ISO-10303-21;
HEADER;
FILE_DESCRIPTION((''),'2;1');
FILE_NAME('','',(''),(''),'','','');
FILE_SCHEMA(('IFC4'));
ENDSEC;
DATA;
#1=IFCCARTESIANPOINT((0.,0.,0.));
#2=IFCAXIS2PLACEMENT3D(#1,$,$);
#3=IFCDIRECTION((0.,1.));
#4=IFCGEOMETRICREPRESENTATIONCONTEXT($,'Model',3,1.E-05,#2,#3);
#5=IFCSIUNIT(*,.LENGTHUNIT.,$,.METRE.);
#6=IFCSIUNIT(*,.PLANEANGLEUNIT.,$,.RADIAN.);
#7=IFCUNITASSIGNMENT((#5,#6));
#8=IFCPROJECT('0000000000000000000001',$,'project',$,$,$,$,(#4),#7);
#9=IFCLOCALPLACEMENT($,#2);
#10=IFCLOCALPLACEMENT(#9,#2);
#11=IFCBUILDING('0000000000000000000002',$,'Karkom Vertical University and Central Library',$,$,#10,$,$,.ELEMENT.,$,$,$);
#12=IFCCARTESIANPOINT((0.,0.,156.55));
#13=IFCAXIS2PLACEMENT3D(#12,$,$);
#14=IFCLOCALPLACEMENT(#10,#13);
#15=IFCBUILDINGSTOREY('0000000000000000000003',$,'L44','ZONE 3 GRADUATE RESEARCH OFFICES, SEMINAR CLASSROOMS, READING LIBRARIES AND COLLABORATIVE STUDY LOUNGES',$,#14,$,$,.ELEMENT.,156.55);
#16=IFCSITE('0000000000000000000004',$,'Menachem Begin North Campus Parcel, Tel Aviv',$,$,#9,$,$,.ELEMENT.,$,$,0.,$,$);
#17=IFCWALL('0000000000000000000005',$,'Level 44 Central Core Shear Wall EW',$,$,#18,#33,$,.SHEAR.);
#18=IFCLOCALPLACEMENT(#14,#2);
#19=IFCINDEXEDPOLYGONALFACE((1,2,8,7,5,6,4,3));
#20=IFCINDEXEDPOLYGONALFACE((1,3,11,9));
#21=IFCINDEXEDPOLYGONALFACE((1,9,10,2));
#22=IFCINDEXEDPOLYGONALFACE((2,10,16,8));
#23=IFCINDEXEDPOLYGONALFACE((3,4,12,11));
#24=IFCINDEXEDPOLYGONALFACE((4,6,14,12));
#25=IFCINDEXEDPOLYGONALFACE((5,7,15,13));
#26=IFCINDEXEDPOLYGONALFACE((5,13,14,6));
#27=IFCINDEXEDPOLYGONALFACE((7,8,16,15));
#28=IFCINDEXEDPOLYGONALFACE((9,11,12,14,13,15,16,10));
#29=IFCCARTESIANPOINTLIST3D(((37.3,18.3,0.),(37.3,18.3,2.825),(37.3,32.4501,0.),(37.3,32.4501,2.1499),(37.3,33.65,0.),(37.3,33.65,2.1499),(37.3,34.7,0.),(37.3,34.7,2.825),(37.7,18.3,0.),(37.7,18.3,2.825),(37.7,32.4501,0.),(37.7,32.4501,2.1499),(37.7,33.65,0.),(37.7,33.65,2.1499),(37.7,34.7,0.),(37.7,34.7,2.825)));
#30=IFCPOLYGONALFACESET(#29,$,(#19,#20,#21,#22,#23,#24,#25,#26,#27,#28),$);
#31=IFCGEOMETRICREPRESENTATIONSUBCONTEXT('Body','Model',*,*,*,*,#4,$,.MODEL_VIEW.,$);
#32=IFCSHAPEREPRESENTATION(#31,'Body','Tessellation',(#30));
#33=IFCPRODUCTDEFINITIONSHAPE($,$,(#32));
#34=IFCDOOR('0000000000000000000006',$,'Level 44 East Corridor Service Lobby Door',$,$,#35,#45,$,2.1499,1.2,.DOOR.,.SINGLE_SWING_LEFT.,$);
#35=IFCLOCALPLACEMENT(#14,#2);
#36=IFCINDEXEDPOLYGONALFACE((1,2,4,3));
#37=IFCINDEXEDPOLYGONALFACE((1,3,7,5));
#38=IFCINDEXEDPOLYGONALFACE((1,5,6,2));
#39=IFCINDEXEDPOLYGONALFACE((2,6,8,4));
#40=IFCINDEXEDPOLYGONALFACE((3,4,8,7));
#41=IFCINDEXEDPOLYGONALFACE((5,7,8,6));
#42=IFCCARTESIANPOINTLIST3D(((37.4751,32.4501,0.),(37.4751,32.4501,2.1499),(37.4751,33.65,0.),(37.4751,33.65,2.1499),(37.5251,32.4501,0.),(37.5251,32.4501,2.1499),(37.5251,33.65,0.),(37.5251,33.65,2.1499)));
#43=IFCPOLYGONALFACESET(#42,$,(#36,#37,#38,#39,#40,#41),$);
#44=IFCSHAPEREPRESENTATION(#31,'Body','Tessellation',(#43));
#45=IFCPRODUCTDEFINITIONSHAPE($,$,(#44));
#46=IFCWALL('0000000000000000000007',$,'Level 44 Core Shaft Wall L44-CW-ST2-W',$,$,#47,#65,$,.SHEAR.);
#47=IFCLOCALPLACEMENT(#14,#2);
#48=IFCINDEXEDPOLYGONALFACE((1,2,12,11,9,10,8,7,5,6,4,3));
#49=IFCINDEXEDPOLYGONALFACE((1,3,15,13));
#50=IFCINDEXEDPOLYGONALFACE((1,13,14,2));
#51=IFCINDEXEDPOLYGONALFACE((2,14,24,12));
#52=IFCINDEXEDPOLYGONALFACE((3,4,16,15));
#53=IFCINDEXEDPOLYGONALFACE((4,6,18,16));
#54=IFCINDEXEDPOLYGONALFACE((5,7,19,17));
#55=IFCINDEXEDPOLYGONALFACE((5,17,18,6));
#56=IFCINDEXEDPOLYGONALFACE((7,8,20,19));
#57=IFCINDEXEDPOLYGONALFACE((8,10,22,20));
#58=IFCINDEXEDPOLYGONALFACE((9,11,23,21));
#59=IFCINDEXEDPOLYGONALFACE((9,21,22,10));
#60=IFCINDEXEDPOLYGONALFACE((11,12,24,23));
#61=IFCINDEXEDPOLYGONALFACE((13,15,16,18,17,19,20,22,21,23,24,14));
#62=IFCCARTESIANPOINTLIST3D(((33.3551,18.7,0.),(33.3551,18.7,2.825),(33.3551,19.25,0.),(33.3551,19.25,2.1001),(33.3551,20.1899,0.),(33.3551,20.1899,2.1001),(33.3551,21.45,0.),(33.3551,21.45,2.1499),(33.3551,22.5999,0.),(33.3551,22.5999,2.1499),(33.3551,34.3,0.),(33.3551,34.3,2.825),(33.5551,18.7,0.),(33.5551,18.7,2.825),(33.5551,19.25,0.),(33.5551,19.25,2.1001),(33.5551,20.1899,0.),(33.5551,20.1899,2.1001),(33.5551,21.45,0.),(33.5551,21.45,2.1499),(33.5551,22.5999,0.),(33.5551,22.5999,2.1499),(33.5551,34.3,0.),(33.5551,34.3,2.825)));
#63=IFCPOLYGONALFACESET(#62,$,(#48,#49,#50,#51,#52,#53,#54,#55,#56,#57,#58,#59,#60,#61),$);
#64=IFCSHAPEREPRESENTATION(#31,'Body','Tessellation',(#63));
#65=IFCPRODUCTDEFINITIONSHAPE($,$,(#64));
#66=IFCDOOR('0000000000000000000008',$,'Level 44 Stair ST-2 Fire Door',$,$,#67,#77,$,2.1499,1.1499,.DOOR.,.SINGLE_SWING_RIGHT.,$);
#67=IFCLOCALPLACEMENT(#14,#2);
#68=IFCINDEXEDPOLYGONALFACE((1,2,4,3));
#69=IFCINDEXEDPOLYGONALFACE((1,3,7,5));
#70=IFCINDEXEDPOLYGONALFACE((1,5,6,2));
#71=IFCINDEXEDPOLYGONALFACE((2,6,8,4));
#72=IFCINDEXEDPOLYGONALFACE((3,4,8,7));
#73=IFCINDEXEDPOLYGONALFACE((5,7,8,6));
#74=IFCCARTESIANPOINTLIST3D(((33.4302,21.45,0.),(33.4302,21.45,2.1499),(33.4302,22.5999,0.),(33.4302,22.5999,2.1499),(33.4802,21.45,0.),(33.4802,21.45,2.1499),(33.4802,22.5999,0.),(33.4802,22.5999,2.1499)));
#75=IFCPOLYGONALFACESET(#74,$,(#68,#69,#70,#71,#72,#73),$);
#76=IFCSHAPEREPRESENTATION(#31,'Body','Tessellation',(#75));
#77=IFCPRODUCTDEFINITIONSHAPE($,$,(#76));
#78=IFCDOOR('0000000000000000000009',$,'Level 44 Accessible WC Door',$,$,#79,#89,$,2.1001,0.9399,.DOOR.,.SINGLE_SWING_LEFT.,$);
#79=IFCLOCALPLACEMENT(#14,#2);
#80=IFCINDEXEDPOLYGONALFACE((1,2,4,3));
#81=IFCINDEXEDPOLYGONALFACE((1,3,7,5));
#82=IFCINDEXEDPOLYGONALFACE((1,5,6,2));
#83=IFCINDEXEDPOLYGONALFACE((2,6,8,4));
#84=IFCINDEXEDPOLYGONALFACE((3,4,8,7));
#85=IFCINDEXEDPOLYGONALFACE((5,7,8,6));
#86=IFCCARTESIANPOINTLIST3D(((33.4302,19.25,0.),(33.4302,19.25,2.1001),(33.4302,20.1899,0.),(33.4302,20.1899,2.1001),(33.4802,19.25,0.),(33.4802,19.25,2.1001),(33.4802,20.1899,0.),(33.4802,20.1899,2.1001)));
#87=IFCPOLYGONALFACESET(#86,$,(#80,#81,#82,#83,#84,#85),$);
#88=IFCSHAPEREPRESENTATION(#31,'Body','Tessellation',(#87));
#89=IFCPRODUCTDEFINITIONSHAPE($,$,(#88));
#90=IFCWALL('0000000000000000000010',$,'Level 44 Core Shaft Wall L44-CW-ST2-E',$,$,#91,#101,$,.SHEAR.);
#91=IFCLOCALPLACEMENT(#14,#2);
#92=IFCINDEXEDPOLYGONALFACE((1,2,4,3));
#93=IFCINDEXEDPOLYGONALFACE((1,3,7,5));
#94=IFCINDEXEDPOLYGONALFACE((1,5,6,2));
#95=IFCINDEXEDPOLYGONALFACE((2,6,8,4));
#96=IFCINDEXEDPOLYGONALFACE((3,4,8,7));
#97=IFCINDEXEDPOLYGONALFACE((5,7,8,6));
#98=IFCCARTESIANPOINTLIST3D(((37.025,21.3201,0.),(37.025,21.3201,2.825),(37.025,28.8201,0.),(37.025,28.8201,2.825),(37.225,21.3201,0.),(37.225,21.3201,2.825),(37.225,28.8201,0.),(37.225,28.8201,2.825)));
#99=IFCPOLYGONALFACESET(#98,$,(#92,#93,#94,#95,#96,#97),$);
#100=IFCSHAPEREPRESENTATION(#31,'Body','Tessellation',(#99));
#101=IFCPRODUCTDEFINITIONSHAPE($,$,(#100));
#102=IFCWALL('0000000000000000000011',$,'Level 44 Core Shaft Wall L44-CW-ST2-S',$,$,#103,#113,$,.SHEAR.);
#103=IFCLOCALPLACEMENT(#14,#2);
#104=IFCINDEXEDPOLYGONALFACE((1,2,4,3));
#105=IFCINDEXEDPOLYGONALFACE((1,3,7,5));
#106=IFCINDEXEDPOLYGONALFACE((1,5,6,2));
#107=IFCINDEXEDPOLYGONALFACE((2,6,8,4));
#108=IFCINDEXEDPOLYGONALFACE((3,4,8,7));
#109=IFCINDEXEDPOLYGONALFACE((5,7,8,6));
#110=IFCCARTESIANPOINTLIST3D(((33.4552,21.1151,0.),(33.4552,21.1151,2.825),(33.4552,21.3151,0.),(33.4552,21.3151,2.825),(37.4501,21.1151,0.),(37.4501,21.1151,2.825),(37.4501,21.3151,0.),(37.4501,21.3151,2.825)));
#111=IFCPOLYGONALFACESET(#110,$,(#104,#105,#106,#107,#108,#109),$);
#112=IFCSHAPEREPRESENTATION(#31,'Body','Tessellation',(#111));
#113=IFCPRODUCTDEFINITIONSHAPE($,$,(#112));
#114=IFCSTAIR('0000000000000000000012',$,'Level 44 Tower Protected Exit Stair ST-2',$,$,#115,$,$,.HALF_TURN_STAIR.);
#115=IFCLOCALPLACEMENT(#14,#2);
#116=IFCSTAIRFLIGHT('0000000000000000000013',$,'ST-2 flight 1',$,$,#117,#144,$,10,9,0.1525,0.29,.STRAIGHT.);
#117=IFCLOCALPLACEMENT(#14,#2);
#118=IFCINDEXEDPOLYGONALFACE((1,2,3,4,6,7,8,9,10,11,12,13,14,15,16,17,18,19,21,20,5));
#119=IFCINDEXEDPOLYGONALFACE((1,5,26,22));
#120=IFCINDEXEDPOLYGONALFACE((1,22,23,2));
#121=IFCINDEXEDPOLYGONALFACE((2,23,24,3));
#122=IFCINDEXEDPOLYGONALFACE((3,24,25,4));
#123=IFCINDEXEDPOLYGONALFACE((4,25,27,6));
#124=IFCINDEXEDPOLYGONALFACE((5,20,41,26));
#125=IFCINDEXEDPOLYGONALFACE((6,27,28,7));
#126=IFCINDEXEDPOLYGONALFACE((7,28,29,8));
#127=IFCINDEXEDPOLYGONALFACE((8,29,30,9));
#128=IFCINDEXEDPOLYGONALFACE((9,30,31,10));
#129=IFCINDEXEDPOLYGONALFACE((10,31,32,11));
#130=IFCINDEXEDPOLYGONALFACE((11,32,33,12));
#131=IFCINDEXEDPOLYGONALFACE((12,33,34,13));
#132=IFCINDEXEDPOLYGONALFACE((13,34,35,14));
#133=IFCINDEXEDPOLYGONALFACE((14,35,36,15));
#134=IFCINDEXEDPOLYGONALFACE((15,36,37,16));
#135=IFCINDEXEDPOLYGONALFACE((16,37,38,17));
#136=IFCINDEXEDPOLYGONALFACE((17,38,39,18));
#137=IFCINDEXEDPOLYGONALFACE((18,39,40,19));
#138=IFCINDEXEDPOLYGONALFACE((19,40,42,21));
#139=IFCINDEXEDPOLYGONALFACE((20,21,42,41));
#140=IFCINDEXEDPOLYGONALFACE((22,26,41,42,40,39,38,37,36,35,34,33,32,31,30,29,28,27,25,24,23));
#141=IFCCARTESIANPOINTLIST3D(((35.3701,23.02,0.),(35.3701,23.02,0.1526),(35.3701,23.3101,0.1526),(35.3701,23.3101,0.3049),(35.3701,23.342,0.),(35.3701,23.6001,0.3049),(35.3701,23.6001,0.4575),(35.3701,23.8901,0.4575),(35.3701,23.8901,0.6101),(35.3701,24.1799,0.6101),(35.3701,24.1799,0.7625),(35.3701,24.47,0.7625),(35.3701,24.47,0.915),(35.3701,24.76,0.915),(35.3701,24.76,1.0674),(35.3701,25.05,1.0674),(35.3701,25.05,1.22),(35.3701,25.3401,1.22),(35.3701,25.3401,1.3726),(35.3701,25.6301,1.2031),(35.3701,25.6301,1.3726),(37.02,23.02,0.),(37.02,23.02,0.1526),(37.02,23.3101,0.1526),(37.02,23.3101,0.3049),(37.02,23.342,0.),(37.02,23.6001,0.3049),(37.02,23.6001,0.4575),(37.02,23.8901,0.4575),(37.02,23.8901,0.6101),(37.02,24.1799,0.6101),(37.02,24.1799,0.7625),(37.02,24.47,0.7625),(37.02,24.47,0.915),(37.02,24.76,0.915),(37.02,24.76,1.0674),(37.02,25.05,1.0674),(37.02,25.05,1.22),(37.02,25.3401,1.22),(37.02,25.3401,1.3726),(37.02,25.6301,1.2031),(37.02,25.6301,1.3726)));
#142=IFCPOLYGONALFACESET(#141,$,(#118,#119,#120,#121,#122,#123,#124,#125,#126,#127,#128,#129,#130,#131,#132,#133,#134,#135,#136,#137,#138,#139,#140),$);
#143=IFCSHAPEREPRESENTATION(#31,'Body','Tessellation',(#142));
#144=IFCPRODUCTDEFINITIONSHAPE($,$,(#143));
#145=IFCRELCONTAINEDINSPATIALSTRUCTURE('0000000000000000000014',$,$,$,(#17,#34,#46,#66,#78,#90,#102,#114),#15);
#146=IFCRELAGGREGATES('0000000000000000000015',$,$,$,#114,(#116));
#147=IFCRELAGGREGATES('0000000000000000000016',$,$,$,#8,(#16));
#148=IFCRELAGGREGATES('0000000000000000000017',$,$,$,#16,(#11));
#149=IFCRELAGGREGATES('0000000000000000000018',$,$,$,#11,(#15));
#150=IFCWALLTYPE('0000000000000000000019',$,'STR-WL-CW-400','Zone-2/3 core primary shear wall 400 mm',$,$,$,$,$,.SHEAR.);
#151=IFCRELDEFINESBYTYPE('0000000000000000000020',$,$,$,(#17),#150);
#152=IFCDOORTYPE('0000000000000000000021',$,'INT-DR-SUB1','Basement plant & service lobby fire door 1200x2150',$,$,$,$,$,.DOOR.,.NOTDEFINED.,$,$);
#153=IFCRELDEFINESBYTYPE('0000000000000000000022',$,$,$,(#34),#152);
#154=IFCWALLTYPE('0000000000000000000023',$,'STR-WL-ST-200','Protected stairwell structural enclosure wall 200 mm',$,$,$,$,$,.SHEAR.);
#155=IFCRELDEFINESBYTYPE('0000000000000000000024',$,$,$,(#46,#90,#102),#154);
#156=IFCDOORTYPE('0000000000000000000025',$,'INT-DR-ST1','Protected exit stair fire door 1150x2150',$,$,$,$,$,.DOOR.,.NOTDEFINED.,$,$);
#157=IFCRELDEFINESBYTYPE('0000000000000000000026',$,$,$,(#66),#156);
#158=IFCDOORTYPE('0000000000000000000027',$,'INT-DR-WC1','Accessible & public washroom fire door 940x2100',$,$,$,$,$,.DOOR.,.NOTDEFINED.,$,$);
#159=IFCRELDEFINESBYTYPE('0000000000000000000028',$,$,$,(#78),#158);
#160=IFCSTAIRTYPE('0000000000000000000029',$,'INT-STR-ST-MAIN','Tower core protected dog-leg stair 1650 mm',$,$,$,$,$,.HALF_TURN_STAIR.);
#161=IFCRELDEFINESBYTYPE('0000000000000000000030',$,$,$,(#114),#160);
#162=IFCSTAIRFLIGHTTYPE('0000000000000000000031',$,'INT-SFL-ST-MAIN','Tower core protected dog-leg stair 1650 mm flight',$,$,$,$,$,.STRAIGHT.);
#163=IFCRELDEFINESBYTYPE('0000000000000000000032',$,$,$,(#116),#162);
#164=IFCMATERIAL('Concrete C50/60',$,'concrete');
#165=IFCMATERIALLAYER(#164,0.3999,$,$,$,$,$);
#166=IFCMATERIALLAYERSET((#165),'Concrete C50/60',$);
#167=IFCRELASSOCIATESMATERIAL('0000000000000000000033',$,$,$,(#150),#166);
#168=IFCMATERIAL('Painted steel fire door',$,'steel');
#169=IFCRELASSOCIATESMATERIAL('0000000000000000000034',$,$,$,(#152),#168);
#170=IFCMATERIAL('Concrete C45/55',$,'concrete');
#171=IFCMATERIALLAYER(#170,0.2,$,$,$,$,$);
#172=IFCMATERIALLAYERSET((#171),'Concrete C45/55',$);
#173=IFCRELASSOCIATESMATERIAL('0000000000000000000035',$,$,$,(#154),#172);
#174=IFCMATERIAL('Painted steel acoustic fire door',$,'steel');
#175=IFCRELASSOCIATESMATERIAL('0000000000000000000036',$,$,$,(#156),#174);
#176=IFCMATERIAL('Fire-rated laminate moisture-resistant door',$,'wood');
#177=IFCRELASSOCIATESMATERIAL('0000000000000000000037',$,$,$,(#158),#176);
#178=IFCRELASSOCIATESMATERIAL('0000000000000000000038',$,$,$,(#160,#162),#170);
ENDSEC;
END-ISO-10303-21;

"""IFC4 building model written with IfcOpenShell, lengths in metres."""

from ifc_helpers import new_model, si_unit, direction, frame, frame_2d, origin, origin_with_axes, place, context, subcontext, project, spatial, polyline, rectangle, outline, extrude, source, transform, mapped, material, layer, layer_set, type_object, element, fill, aggregate, save


model = new_model("IFC4")

# Units and contexts
model_context = context("Model", 3, precision=1e-05, world=origin(), true_north=direction((0.0, 1.0)))
body_context = subcontext(model_context, "Body", "Model", "MODEL_VIEW")
ifc_project = project(units=[si_unit("LENGTHUNIT", "METRE"), si_unit("PLANEANGLEUNIT", "RADIAN")], contexts=[model_context])

# Site, building, storey
site_placement = place(None, origin())
site = spatial("IfcSite", under=ifc_project, at=site_placement, Name="Menachem Begin North Campus Parcel, Tel Aviv", CompositionType="ELEMENT", RefElevation=0.0)
building_placement = place(site_placement, origin())
building = spatial("IfcBuilding", under=site, at=building_placement, Name="Karkom Vertical University and Central Library", CompositionType="ELEMENT")
storey_placement = place(building_placement, frame((0.0, 0.0, 156.55)))
storey = spatial("IfcBuildingStorey", under=building, at=storey_placement, Name="L44", Description="ZONE 3 GRADUATE RESEARCH OFFICES, SEMINAR CLASSROOMS, READING LIBRARIES AND COLLABORATIVE STUDY LOUNGES", CompositionType="ELEMENT", Elevation=156.55)

# Shared definitions
ifc_material_1 = material(Name="Concrete C50/60", Category="concrete")

# Wall, opening, door
ifc_layer_1 = layer(ifc_material_1, 0.3999)
ifc_layer_set_1 = layer_set([ifc_layer_1], Name="Concrete C50/60")
wall_type_1 = type_object("IfcWallType", Name="STR-WL-CW-400", Description="Zone-2/3 core primary shear wall 400 mm", PredefinedType="SHEAR", material=ifc_layer_set_1)
wall_1_placement = place(storey_placement, frame((37.5, 18.3, 0.0), z_axis=(0.0, 0.0, 1.0), x_axis=(0.0, 1.0, 0.0)))
wall_1 = element("IfcWall", 1, at=wall_1_placement, inside=storey, type_object=wall_type_1, Name="Level 44 Central Core Shear Wall EW", PredefinedType="SHEAR", context=body_context, shape_type="SweptSolid", body=[
    extrude(rectangle(XDim=16.3999, YDim=0.3999, at=frame_2d((8.2, 0.0))), origin(), (0.0, 0.0, 1.0), 2.825),
])
opening_1_placement = place(wall_1_placement, frame((14.1499, 0.0, 0.0)))
opening_1 = element("IfcOpeningElement", 2, at=opening_1_placement, cuts=wall_1, PredefinedType="OPENING", context=body_context, shape_type="SweptSolid", body=[
    extrude(rectangle(XDim=1.2, YDim=2.1499, at=frame_2d((0.6001, 1.075))), frame((0.0, 0.21, 0.0), z_axis=(0.0, -1.0, 0.0), x_axis=(1.0, 0.0, 0.0)), (0.0, 0.0, 1.0), 0.4199),
])
ifc_material_2 = material(Name="Painted steel fire door", Category="steel")
door_type_1 = type_object("IfcDoorType", Name="INT-DR-SUB1", Description="Basement plant & service lobby fire door 1200x2150", OperationType="NOTDEFINED", PredefinedType="DOOR", material=ifc_material_2)
shared_shape_1 = source(origin_with_axes(), body_context, "Body", "SweptSolid", [
    extrude(rectangle(XDim=1.2, YDim=2.1499, at=frame_2d((0.6001, 1.075))), frame((0.0, 0.0249, 0.0), z_axis=(0.0, -1.0, 0.0), x_axis=(1.0, 0.0, 0.0)), (0.0, 0.0, 1.0), 0.05),
])
door_1_placement = place(opening_1_placement, origin())
door_1 = element("IfcDoor", 3, at=door_1_placement, inside=storey, type_object=door_type_1, Name="Level 44 East Corridor Service Lobby Door", OperationType="SINGLE_SWING_LEFT", OverallHeight=2.1499, OverallWidth=1.2, PredefinedType="DOOR", context=body_context, shape_type="MappedRepresentation", body=[
    mapped(shared_shape_1, transform((0.0, 0.0, 0.0), scale=1.0)),
])
fill(opening_1, door_1)

# Wall, openings, doors
ifc_material_3 = material(Name="Concrete C45/55", Category="concrete")
ifc_layer_2 = layer(ifc_material_3, 0.2)
ifc_layer_set_2 = layer_set([ifc_layer_2], Name="Concrete C45/55")
wall_type_2 = type_object("IfcWallType", Name="STR-WL-ST-200", Description="Protected stairwell structural enclosure wall 200 mm", PredefinedType="SHEAR", material=ifc_layer_set_2)
wall_2_placement = place(storey_placement, frame((33.4551, 18.7, 0.0), z_axis=(0.0, 0.0, 1.0), x_axis=(0.0, 1.0, 0.0)))
wall_2 = element("IfcWall", 4, at=wall_2_placement, inside=storey, type_object=wall_type_2, Name="Level 44 Core Shaft Wall L44-CW-ST2-W", PredefinedType="SHEAR", context=body_context, shape_type="SweptSolid", body=[
    extrude(rectangle(XDim=15.6001, YDim=0.2, at=frame_2d((7.8, 0.0))), origin(), (0.0, 0.0, 1.0), 2.825),
])
opening_2_placement = place(wall_2_placement, frame((2.75, 0.0, 0.0)))
opening_2 = element("IfcOpeningElement", 5, at=opening_2_placement, cuts=wall_2, PredefinedType="OPENING", context=body_context, shape_type="SweptSolid", body=[
    extrude(rectangle(XDim=1.1499, YDim=2.1499, at=frame_2d((0.575, 1.075))), frame((0.0, 0.1099, 0.0), z_axis=(0.0, -1.0, 0.0), x_axis=(1.0, 0.0, 0.0)), (0.0, 0.0, 1.0), 0.22),
])
opening_3_placement = place(wall_2_placement, frame((0.55, 0.0, 0.0)))
opening_3 = element("IfcOpeningElement", 6, at=opening_3_placement, cuts=wall_2, PredefinedType="OPENING", context=body_context, shape_type="SweptSolid", body=[
    extrude(rectangle(XDim=0.9399, YDim=2.1001, at=frame_2d((0.47, 1.05))), frame((0.0, 0.1099, 0.0), z_axis=(0.0, -1.0, 0.0), x_axis=(1.0, 0.0, 0.0)), (0.0, 0.0, 1.0), 0.22),
])
ifc_material_4 = material(Name="Painted steel acoustic fire door", Category="steel")
door_type_2 = type_object("IfcDoorType", Name="INT-DR-ST1", Description="Protected exit stair fire door 1150x2150", OperationType="NOTDEFINED", PredefinedType="DOOR", material=ifc_material_4)
shared_shape_2 = source(origin_with_axes(), body_context, "Body", "SweptSolid", [
    extrude(rectangle(XDim=1.1499, YDim=2.1499, at=frame_2d((0.575, 1.075))), frame((0.0, 0.0249, 0.0), z_axis=(0.0, -1.0, 0.0), x_axis=(1.0, 0.0, 0.0)), (0.0, 0.0, 1.0), 0.05),
])
door_2_placement = place(opening_2_placement, origin())
door_2 = element("IfcDoor", 7, at=door_2_placement, inside=storey, type_object=door_type_2, Name="Level 44 Stair ST-2 Fire Door", OperationType="SINGLE_SWING_RIGHT", OverallHeight=2.1499, OverallWidth=1.1499, PredefinedType="DOOR", context=body_context, shape_type="MappedRepresentation", body=[
    mapped(shared_shape_2, transform((0.0, 0.0, 0.0), scale=1.0)),
])
fill(opening_2, door_2)
ifc_material_5 = material(Name="Fire-rated laminate moisture-resistant door", Category="wood")
door_type_3 = type_object("IfcDoorType", Name="INT-DR-WC1", Description="Accessible & public washroom fire door 940x2100", OperationType="NOTDEFINED", PredefinedType="DOOR", material=ifc_material_5)
shared_shape_3 = source(origin_with_axes(), body_context, "Body", "SweptSolid", [
    extrude(rectangle(XDim=0.9399, YDim=2.1001, at=frame_2d((0.47, 1.05))), frame((0.0, 0.0249, 0.0), z_axis=(0.0, -1.0, 0.0), x_axis=(1.0, 0.0, 0.0)), (0.0, 0.0, 1.0), 0.05),
])
door_3_placement = place(opening_3_placement, origin())
door_3 = element("IfcDoor", 8, at=door_3_placement, inside=storey, type_object=door_type_3, Name="Level 44 Accessible WC Door", OperationType="SINGLE_SWING_LEFT", OverallHeight=2.1001, OverallWidth=0.9399, PredefinedType="DOOR", context=body_context, shape_type="MappedRepresentation", body=[
    mapped(shared_shape_3, transform((0.0, 0.0, 0.0), scale=1.0)),
])
fill(opening_3, door_3)

# Walls
wall_3_placement = place(storey_placement, frame((37.125, 21.3201, 0.0), z_axis=(0.0, 0.0, 1.0), x_axis=(0.0, 1.0, 0.0)))
element("IfcWall", 9, at=wall_3_placement, inside=storey, type_object=wall_type_2, Name="Level 44 Core Shaft Wall L44-CW-ST2-E", PredefinedType="SHEAR", context=body_context, shape_type="SweptSolid", body=[
    extrude(rectangle(XDim=7.5, YDim=0.2, at=frame_2d((3.75, 0.0))), origin(), (0.0, 0.0, 1.0), 2.825),
])
wall_4_placement = place(storey_placement, frame((33.4551, 21.2151, 0.0), z_axis=(0.0, 0.0, 1.0), x_axis=(1.0, 0.0, 0.0)))
element("IfcWall", 10, at=wall_4_placement, inside=storey, type_object=wall_type_2, Name="Level 44 Core Shaft Wall L44-CW-ST2-S", PredefinedType="SHEAR", context=body_context, shape_type="SweptSolid", body=[
    extrude(rectangle(XDim=3.9949, YDim=0.2, at=frame_2d((1.9976, 0.0))), origin(), (0.0, 0.0, 1.0), 2.825),
])

# Stair, stair flight
stair_type = type_object("IfcStairType", Name="INT-STR-ST-MAIN", Description="Tower core protected dog-leg stair 1650 mm", PredefinedType="HALF_TURN_STAIR", material=ifc_material_3)
stair_placement = place(storey_placement, origin())
stair = element("IfcStair", 11, at=stair_placement, inside=storey, type_object=stair_type, Name="Level 44 Tower Protected Exit Stair ST-2", PredefinedType="HALF_TURN_STAIR")
stair_flight_type = type_object("IfcStairFlightType", Name="INT-SFL-ST-MAIN", Description="Tower core protected dog-leg stair 1650 mm flight", PredefinedType="STRAIGHT", material=ifc_material_3)
stair_flight_placement = place(storey_placement, frame((36.1951, 23.02, 0.0), z_axis=(0.0, 0.0, 1.0), x_axis=(0.0, 1.0, 0.0)))
stair_flight = element("IfcStairFlight", 12, at=stair_flight_placement, type_object=stair_flight_type, Name="ST-2 flight 1", NumberOfRisers=10, NumberOfTreads=9, PredefinedType="STRAIGHT", RiserHeight=0.1525, TreadLength=0.29, context=body_context, shape_type="SweptSolid", body=[
    extrude(outline(polyline([(0.0, 0.0), (0.0, 0.1526), (0.29, 0.1526), (0.29, 0.3049), (0.5801, 0.3049), (0.5801, 0.4575), (0.8701, 0.4575), (0.8701, 0.6101), (1.1599, 0.6101), (1.1599, 0.7625), (1.45, 0.7625), (1.45, 0.915), (1.74, 0.915), (1.74, 1.0674), (2.03, 1.0674), (2.03, 1.22), (2.3201, 1.22), (2.3201, 1.3726), (2.6101, 1.3726), (2.6101, 1.5249), (2.6101, 1.2031), (0.322, 0.0), (0.0, 0.0)])), frame((0.0, 0.825, 0.0), z_axis=(0.0, -1.0, 0.0), x_axis=(1.0, 0.0, 0.0)), (0.0, 0.0, 1.0), 1.6499),
])
aggregate(stair, [stair_flight])

save(model, "model.ifc")
